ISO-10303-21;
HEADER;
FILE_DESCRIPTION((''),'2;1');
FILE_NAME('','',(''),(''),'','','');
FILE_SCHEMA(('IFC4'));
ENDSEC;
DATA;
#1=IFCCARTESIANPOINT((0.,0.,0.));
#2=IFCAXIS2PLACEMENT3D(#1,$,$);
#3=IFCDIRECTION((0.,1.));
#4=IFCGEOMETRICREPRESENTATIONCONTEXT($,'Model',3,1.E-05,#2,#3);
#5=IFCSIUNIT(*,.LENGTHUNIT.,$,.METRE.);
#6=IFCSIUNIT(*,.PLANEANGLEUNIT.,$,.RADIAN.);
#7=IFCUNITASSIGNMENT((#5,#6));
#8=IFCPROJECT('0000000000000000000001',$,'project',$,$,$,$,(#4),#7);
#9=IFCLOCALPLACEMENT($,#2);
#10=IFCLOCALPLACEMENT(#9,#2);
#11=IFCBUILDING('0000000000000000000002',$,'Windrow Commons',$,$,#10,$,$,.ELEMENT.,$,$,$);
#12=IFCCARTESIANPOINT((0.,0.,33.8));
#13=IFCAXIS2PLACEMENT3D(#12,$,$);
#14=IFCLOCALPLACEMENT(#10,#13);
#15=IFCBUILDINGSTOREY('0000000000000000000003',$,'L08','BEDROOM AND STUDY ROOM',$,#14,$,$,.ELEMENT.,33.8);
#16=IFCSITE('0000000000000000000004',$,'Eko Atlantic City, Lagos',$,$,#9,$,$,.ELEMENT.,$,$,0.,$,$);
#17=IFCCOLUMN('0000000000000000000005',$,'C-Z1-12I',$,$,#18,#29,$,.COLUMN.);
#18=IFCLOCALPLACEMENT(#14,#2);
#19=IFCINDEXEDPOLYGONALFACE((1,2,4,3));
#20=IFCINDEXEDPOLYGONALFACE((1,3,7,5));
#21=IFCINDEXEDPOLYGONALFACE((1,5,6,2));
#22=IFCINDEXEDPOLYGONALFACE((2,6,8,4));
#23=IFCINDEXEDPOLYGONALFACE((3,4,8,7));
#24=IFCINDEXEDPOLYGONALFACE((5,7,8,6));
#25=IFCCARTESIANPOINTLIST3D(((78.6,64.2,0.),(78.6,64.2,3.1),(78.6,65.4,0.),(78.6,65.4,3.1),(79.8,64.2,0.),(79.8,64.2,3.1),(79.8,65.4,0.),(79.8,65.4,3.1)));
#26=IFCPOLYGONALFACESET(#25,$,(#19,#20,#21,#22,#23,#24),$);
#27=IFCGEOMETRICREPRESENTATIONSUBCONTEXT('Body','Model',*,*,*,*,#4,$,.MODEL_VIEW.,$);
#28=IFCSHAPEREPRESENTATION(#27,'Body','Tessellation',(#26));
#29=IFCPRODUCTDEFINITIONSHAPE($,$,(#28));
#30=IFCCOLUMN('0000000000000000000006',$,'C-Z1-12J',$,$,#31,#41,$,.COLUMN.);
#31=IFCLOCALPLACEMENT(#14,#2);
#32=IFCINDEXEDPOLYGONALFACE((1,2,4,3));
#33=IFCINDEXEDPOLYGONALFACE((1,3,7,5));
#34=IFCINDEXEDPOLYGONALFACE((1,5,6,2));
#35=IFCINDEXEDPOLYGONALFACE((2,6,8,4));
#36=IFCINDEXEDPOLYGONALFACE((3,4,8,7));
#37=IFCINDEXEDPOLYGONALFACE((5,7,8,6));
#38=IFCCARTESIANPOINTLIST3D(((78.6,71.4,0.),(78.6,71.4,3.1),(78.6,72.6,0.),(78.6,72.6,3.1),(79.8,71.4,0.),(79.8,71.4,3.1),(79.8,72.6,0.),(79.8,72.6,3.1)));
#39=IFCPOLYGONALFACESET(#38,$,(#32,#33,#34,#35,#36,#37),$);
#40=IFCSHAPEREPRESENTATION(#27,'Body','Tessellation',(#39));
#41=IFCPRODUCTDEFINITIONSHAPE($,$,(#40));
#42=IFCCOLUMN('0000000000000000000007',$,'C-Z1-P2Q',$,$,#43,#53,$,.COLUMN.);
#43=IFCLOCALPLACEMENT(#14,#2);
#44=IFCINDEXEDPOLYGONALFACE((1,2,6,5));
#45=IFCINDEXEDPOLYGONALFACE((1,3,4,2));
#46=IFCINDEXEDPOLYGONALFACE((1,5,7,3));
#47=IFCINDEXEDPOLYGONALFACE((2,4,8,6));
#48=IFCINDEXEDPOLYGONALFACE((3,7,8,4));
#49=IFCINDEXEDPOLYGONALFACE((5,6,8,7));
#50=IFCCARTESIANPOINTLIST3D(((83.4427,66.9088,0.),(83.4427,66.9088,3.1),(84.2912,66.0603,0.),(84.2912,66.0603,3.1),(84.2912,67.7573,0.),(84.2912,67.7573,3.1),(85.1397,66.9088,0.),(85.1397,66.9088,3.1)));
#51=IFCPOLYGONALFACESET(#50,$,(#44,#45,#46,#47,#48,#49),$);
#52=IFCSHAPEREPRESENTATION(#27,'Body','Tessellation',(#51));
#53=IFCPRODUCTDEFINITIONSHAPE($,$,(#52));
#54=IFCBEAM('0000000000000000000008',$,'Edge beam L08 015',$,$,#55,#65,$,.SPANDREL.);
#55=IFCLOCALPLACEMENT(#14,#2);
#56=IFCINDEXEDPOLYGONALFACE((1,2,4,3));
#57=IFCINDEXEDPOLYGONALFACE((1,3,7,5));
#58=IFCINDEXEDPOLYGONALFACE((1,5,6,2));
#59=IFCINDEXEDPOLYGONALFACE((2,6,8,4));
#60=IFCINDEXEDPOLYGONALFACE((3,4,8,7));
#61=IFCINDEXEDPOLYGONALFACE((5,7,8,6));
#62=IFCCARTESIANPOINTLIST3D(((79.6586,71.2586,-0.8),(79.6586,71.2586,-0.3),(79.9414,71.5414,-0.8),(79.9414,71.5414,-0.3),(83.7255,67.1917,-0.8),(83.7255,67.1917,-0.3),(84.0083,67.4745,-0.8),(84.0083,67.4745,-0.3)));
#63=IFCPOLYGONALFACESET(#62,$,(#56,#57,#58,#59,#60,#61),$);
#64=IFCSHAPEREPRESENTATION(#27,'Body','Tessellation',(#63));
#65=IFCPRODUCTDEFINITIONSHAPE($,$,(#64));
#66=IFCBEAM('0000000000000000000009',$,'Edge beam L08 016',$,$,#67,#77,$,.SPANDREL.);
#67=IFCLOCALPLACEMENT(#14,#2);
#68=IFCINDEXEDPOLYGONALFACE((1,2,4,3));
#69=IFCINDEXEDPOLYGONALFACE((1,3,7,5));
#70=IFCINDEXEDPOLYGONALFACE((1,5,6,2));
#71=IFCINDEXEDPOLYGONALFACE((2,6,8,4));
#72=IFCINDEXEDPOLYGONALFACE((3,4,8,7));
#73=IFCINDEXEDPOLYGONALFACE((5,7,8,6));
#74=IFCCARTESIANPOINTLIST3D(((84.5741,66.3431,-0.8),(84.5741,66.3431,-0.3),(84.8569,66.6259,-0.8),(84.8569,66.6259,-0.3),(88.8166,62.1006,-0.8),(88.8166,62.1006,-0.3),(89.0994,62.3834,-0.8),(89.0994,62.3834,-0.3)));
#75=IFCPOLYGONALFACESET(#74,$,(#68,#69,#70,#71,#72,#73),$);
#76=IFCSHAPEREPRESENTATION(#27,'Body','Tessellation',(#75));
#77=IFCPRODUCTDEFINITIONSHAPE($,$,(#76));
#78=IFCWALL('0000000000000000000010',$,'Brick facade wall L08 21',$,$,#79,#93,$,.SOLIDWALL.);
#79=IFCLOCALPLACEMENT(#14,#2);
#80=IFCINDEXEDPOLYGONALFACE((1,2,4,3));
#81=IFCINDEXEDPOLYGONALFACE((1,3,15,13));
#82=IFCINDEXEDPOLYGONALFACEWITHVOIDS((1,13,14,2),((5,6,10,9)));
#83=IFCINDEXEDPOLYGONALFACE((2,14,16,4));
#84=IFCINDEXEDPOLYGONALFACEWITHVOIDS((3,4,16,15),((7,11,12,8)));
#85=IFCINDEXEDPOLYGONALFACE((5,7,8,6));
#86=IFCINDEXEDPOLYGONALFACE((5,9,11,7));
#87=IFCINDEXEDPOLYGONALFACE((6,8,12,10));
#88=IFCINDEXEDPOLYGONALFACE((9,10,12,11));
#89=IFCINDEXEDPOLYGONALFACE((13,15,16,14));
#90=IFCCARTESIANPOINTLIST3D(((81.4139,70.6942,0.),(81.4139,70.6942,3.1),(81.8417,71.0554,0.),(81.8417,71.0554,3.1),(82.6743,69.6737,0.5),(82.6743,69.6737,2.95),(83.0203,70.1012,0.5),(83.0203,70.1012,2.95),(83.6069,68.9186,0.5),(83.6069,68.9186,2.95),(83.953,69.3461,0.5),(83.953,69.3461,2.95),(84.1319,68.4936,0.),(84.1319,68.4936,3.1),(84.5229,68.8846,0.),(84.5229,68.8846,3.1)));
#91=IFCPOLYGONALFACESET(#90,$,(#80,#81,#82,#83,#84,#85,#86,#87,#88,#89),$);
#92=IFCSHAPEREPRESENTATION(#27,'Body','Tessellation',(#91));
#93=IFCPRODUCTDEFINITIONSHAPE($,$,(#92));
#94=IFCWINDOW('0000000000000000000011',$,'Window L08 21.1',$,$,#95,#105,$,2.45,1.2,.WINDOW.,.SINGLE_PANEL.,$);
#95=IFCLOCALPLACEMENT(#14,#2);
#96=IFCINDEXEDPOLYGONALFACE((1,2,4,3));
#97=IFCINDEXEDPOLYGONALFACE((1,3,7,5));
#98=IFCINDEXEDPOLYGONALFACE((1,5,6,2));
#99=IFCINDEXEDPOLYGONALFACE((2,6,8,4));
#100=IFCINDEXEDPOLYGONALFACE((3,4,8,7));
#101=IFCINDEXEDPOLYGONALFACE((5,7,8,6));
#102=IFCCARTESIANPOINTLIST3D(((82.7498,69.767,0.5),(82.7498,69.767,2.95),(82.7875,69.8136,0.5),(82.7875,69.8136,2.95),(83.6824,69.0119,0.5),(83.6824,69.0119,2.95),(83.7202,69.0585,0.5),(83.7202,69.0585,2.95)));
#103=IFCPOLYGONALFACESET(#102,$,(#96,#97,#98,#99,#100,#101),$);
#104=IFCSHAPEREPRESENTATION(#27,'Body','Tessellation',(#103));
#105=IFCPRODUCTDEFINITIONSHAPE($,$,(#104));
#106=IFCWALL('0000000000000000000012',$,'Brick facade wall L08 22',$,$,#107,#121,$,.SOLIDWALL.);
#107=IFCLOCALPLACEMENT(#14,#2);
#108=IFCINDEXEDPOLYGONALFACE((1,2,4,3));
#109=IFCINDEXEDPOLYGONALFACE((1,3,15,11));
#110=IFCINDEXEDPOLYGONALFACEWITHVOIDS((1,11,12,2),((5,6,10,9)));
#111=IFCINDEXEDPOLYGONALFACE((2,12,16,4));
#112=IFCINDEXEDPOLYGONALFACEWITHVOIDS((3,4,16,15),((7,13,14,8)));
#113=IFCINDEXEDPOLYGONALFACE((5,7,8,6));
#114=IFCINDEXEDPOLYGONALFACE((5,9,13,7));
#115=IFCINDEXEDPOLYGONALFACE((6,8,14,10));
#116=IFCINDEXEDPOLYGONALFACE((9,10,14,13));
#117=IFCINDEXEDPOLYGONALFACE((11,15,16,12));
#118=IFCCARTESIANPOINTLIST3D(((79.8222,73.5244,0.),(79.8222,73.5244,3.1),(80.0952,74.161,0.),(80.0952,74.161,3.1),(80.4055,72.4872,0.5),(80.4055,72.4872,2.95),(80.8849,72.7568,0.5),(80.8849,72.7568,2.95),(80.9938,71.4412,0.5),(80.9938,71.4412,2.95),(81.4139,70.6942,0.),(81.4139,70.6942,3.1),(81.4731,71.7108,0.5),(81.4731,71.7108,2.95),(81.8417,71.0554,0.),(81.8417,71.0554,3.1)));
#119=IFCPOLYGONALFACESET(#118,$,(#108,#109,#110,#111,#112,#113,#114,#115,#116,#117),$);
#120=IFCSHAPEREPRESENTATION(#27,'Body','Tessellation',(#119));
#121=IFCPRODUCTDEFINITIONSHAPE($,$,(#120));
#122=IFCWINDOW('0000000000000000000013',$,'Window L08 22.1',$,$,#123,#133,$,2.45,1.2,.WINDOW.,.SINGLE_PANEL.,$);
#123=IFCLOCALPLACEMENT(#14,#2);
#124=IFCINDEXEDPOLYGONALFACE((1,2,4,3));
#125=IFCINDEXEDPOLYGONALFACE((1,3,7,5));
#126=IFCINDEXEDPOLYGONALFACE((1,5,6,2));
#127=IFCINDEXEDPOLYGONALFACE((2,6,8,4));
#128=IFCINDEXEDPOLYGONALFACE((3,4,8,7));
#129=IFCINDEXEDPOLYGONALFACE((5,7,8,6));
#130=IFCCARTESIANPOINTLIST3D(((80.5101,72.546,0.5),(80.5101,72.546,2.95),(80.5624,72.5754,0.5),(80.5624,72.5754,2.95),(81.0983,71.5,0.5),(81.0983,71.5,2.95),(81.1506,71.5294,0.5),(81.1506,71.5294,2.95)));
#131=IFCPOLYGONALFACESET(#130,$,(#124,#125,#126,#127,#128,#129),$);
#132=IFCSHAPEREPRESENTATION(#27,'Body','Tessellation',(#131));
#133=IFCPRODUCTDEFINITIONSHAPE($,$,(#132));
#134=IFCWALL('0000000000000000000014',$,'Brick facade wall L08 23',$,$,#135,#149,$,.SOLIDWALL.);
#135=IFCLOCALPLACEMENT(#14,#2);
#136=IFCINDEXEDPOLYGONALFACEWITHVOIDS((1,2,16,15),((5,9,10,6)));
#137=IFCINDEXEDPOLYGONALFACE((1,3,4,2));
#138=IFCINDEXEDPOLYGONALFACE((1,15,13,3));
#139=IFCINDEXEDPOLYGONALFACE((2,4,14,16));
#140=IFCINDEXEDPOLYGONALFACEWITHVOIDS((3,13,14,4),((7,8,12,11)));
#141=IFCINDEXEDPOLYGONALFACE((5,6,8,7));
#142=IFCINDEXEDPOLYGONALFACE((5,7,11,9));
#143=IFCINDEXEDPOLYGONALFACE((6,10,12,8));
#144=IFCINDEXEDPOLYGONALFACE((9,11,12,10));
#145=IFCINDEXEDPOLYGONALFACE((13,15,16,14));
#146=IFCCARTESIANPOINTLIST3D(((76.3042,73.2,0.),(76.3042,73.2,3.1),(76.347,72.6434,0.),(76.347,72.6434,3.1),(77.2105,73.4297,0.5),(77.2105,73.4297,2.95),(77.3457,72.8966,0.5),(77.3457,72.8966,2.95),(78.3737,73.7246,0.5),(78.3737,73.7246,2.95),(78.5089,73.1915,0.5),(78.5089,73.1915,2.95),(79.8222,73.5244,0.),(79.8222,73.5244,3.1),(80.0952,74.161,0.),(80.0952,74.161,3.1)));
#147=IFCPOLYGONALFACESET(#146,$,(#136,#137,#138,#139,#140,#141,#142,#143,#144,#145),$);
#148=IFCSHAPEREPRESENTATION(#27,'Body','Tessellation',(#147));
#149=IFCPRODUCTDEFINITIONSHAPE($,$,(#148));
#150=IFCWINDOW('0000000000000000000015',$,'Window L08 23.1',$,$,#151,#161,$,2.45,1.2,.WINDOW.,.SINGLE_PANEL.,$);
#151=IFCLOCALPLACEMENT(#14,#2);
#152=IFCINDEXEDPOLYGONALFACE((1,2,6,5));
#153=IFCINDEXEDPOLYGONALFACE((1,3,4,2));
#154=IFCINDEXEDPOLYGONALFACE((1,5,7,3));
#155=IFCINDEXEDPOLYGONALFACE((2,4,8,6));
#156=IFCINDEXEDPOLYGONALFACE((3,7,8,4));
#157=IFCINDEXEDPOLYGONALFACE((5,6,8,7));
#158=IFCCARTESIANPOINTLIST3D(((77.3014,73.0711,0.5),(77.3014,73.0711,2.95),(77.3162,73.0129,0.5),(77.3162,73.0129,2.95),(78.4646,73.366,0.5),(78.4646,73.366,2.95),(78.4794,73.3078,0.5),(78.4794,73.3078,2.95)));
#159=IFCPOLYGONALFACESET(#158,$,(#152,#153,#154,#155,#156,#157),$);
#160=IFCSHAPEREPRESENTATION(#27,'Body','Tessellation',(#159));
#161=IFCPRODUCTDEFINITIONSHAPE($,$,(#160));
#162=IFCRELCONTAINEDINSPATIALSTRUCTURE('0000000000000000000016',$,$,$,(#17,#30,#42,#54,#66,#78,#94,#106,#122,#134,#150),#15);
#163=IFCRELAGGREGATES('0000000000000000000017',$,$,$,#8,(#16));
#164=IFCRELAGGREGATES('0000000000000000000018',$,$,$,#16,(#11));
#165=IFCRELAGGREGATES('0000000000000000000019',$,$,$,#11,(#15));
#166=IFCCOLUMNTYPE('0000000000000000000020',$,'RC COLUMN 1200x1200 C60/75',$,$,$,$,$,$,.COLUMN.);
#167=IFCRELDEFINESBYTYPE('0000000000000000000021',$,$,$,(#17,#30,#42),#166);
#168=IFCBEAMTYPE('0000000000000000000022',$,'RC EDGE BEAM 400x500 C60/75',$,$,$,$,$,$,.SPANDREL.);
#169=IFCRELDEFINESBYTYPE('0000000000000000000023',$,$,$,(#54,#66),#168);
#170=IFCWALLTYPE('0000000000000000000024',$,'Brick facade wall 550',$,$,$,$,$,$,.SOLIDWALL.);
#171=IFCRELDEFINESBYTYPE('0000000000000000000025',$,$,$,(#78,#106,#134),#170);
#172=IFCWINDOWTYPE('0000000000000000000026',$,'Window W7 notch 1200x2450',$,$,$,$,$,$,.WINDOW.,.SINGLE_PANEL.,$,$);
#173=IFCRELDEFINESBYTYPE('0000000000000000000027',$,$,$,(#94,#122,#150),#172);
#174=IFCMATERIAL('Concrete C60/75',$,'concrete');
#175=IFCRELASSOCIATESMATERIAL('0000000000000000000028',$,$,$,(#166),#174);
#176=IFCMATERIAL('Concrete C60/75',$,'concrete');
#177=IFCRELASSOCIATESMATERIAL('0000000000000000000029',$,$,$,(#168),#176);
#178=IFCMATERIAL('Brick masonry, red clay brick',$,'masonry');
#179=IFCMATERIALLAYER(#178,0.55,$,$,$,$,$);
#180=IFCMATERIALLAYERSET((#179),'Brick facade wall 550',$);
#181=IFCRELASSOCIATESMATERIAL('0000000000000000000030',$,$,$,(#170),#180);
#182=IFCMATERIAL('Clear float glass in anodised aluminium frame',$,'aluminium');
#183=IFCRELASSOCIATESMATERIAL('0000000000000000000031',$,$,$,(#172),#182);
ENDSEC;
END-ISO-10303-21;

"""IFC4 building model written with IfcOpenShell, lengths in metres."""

from ifc_helpers import new_model, si_unit, direction, frame, frame_2d, origin, origin_2d, place, context, subcontext, project, spatial, polyline, rectangle, outline, extrude, material, layer, layer_set, material_profile, profile_set, type_object, element, fill, save


model = new_model("IFC4")

# Units and contexts
model_context = context("Model", 3, precision=1e-05, world=origin(), true_north=direction((0.0, 1.0)))
body_context = subcontext(model_context, "Body", "Model", "MODEL_VIEW")
ifc_project = project(units=[si_unit("LENGTHUNIT", "METRE"), si_unit("PLANEANGLEUNIT", "RADIAN")], contexts=[model_context])

# Site, building, storey
site_placement = place(None, origin())
site = spatial("IfcSite", under=ifc_project, at=site_placement, Name="Eko Atlantic City, Lagos", CompositionType="ELEMENT", RefElevation=0.0)
building_placement = place(site_placement, origin())
building = spatial("IfcBuilding", under=site, at=building_placement, Name="Windrow Commons", CompositionType="ELEMENT")
storey_placement = place(building_placement, frame((0.0, 0.0, 33.8)))
storey = spatial("IfcBuildingStorey", under=building, at=storey_placement, Name="L08", Description="BEDROOM AND STUDY ROOM", CompositionType="ELEMENT", Elevation=33.8)

# Columns
ifc_material_1 = material(Name="Concrete C60/75", Category="concrete")
ifc_material_profile_1 = material_profile(ifc_material_1, rectangle(XDim=1.2, YDim=1.2, at=origin_2d()))
ifc_profile_set_1 = profile_set([ifc_material_profile_1], Name="Concrete C60/75")
column_type = type_object("IfcColumnType", Name="RC COLUMN 1200x1200 C60/75", PredefinedType="COLUMN", material=ifc_profile_set_1)
for number, where, z_axis, x_axis, name in (
    (1, (79.2, 64.8, 0.0), (0.0, 0.0, 1.0), (1.0, 0.0, 0.0), "C-Z1-12I"),
    (2, (79.2, 72.0, 0.0), (0.0, 0.0, 1.0), (1.0, 0.0, 0.0), "C-Z1-12J"),
    (3, (84.2912, 66.9088, 0.0), (0.0, 0.0, 1.0), (0.707107, -0.707107, 0.0), "C-Z1-P2Q"),
):
    element("IfcColumn", number, at=place(storey_placement, frame(where, z_axis=z_axis, x_axis=x_axis)), inside=storey, type_object=column_type, Name=name, PredefinedType="COLUMN", context=body_context, shape_type="SweptSolid", body=[
        extrude(rectangle(XDim=1.2, YDim=1.2, at=origin_2d()), origin(), (0.0, 0.0, 1.0), 3.1),
    ])

# Beams
ifc_material_2 = material(Name="Concrete C60/75", Category="concrete")
ifc_material_profile_2 = material_profile(ifc_material_2, rectangle(XDim=0.4, YDim=0.5, at=origin_2d()))
ifc_profile_set_2 = profile_set([ifc_material_profile_2], Name="Concrete C60/75")
beam_type = type_object("IfcBeamType", Name="RC EDGE BEAM 400x500 C60/75", PredefinedType="SPANDREL", material=ifc_profile_set_2)
beam_1_placement = place(storey_placement, frame((79.8, 71.4, -0.55), z_axis=(0.707107, -0.707107, 0.0), x_axis=(0.707107, 0.707107, 0.0)))
element("IfcBeam", 4, at=beam_1_placement, inside=storey, type_object=beam_type, Name="Edge beam L08 015", PredefinedType="SPANDREL", context=body_context, shape_type="SweptSolid", body=[
    extrude(rectangle(XDim=0.4, YDim=0.5, at=origin_2d()), origin(), (0.0, 0.0, 1.0), 5.7515),
])
beam_2_placement = place(storey_placement, frame((84.7155, 66.4845, -0.55), z_axis=(0.707107, -0.707107, 0.0), x_axis=(0.707107, 0.707107, 0.0)))
element("IfcBeam", 5, at=beam_2_placement, inside=storey, type_object=beam_type, Name="Edge beam L08 016", PredefinedType="SPANDREL", context=body_context, shape_type="SweptSolid", body=[
    extrude(rectangle(XDim=0.4, YDim=0.5, at=origin_2d()), origin(), (0.0, 0.0, 1.0), 5.9998),
])

# Walls, openings, windows
ifc_material_3 = material(Name="Brick masonry, red clay brick", Category="masonry")
ifc_layer_1 = layer(ifc_material_3, 0.55)
ifc_layer_set_1 = layer_set([ifc_layer_1], Name="Brick facade wall 550")
wall_type_1 = type_object("IfcWallType", Name="Brick facade wall 550", PredefinedType="SOLIDWALL", material=ifc_layer_set_1)
wall_1_placement = place(storey_placement, frame((84.3274, 68.6891, 0.0), z_axis=(0.0, 0.0, 1.0), x_axis=(-0.777201, 0.629252, 0.0)))
wall_1 = element("IfcWall", 6, at=wall_1_placement, inside=storey, type_object=wall_type_1, Name="Brick facade wall L08 21", PredefinedType="SOLIDWALL", context=body_context, shape_type="SweptSolid", body=[
    extrude(outline(polyline([(-0.0289, -0.275), (3.4209, -0.275), (3.5261, 0.275), (0.0289, 0.275), (-0.0289, -0.275)])), origin(), (0.0, 0.0, 1.0), 3.1),
])
opening_1_placement = place(wall_1_placement, frame((0.7044, 0.0, 0.5)))
opening_1 = element("IfcOpeningElement", 7, at=opening_1_placement, cuts=wall_1, PredefinedType="OPENING", context=body_context, shape_type="SweptSolid", body=[
    extrude(rectangle(XDim=1.2, YDim=2.45, at=frame_2d((0.6, 1.225))), frame((0.0, 0.285, 0.0), z_axis=(0.0, -1.0, 0.0), x_axis=(1.0, 0.0, 0.0)), (0.0, 0.0, 1.0), 0.57),
])
ifc_material_4 = material(Name="Clear float glass in anodised aluminium frame", Category="aluminium")
window_type = type_object("IfcWindowType", Name="Window W7 notch 1200x2450", PartitioningType="SINGLE_PANEL", PredefinedType="WINDOW", material=ifc_material_4)
window_1_placement = place(opening_1_placement, origin())
window_1 = element("IfcWindow", 8, at=window_1_placement, inside=storey, type_object=window_type, Name="Window L08 21.1", OverallHeight=2.45, OverallWidth=1.2, PartitioningType="SINGLE_PANEL", PredefinedType="WINDOW", context=body_context, shape_type="SweptSolid", body=[
    extrude(rectangle(XDim=1.2, YDim=2.45, at=frame_2d((0.6, 1.225))), frame((0.0, 0.155, 0.0), z_axis=(0.0, -1.0, 0.0), x_axis=(1.0, 0.0, 0.0)), (0.0, 0.0, 1.0), 0.06),
])
fill(opening_1, window_1)
wall_2_placement = place(storey_placement, frame((81.6278, 70.8748, 0.0), z_axis=(0.0, 0.0, 1.0), x_axis=(-0.490185, 0.871619, 0.0)))
wall_2 = element("IfcWall", 9, at=wall_2_placement, inside=storey, type_object=wall_type_1, Name="Brick facade wall L08 22", PredefinedType="SOLIDWALL", context=body_context, shape_type="SweptSolid", body=[
    extrude(outline(polyline([(0.0526, -0.275), (3.6156, -0.275), (3.1945, 0.275), (-0.0526, 0.275), (0.0526, -0.275)])), origin(), (0.0, 0.0, 1.0), 3.1),
])
opening_2_placement = place(wall_2_placement, frame((0.8045, 0.0, 0.5)))
opening_2 = element("IfcOpeningElement", 10, at=opening_2_placement, cuts=wall_2, PredefinedType="OPENING", context=body_context, shape_type="SweptSolid", body=[
    extrude(rectangle(XDim=1.2, YDim=2.45, at=frame_2d((0.6, 1.225))), frame((0.0, 0.285, 0.0), z_axis=(0.0, -1.0, 0.0), x_axis=(1.0, 0.0, 0.0)), (0.0, 0.0, 1.0), 0.57),
])
window_2_placement = place(opening_2_placement, origin())
window_2 = element("IfcWindow", 11, at=window_2_placement, inside=storey, type_object=window_type, Name="Window L08 22.1", OverallHeight=2.45, OverallWidth=1.2, PartitioningType="SINGLE_PANEL", PredefinedType="WINDOW", context=body_context, shape_type="SweptSolid", body=[
    extrude(rectangle(XDim=1.2, YDim=2.45, at=frame_2d((0.6, 1.225))), frame((0.0, 0.155, 0.0), z_axis=(0.0, -1.0, 0.0), x_axis=(1.0, 0.0, 0.0)), (0.0, 0.0, 1.0), 0.06),
])
fill(opening_2, window_2)
wall_3_placement = place(storey_placement, frame((79.9587, 73.8427, 0.0), z_axis=(0.0, 0.0, 1.0), x_axis=(-0.96934, -0.245723, 0.0)))
wall_3 = element("IfcWall", 12, at=wall_3_placement, inside=storey, type_object=wall_type_1, Name="Brick facade wall L08 23", PredefinedType="SOLIDWALL", context=body_context, shape_type="SweptSolid", body=[
    extrude(outline(polyline([(-0.2105, -0.275), (3.7004, -0.275), (3.7957, 0.275), (0.2105, 0.275), (-0.2105, -0.275)])), origin(), (0.0, 0.0, 1.0), 3.1),
])
opening_3_placement = place(wall_3_placement, frame((1.5654, 0.0, 0.5)))
opening_3 = element("IfcOpeningElement", 13, at=opening_3_placement, cuts=wall_3, PredefinedType="OPENING", context=body_context, shape_type="SweptSolid", body=[
    extrude(rectangle(XDim=1.2, YDim=2.45, at=frame_2d((0.6, 1.225))), frame((0.0, 0.285, 0.0), z_axis=(0.0, -1.0, 0.0), x_axis=(1.0, 0.0, 0.0)), (0.0, 0.0, 1.0), 0.57),
])
window_3_placement = place(opening_3_placement, origin())
window_3 = element("IfcWindow", 14, at=window_3_placement, inside=storey, type_object=window_type, Name="Window L08 23.1", OverallHeight=2.45, OverallWidth=1.2, PartitioningType="SINGLE_PANEL", PredefinedType="WINDOW", context=body_context, shape_type="SweptSolid", body=[
    extrude(rectangle(XDim=1.2, YDim=2.45, at=frame_2d((0.6, 1.225))), frame((0.0, 0.155, 0.0), z_axis=(0.0, -1.0, 0.0), x_axis=(1.0, 0.0, 0.0)), (0.0, 0.0, 1.0), 0.06),
])
fill(opening_3, window_3)

save(model, "model.ifc")
